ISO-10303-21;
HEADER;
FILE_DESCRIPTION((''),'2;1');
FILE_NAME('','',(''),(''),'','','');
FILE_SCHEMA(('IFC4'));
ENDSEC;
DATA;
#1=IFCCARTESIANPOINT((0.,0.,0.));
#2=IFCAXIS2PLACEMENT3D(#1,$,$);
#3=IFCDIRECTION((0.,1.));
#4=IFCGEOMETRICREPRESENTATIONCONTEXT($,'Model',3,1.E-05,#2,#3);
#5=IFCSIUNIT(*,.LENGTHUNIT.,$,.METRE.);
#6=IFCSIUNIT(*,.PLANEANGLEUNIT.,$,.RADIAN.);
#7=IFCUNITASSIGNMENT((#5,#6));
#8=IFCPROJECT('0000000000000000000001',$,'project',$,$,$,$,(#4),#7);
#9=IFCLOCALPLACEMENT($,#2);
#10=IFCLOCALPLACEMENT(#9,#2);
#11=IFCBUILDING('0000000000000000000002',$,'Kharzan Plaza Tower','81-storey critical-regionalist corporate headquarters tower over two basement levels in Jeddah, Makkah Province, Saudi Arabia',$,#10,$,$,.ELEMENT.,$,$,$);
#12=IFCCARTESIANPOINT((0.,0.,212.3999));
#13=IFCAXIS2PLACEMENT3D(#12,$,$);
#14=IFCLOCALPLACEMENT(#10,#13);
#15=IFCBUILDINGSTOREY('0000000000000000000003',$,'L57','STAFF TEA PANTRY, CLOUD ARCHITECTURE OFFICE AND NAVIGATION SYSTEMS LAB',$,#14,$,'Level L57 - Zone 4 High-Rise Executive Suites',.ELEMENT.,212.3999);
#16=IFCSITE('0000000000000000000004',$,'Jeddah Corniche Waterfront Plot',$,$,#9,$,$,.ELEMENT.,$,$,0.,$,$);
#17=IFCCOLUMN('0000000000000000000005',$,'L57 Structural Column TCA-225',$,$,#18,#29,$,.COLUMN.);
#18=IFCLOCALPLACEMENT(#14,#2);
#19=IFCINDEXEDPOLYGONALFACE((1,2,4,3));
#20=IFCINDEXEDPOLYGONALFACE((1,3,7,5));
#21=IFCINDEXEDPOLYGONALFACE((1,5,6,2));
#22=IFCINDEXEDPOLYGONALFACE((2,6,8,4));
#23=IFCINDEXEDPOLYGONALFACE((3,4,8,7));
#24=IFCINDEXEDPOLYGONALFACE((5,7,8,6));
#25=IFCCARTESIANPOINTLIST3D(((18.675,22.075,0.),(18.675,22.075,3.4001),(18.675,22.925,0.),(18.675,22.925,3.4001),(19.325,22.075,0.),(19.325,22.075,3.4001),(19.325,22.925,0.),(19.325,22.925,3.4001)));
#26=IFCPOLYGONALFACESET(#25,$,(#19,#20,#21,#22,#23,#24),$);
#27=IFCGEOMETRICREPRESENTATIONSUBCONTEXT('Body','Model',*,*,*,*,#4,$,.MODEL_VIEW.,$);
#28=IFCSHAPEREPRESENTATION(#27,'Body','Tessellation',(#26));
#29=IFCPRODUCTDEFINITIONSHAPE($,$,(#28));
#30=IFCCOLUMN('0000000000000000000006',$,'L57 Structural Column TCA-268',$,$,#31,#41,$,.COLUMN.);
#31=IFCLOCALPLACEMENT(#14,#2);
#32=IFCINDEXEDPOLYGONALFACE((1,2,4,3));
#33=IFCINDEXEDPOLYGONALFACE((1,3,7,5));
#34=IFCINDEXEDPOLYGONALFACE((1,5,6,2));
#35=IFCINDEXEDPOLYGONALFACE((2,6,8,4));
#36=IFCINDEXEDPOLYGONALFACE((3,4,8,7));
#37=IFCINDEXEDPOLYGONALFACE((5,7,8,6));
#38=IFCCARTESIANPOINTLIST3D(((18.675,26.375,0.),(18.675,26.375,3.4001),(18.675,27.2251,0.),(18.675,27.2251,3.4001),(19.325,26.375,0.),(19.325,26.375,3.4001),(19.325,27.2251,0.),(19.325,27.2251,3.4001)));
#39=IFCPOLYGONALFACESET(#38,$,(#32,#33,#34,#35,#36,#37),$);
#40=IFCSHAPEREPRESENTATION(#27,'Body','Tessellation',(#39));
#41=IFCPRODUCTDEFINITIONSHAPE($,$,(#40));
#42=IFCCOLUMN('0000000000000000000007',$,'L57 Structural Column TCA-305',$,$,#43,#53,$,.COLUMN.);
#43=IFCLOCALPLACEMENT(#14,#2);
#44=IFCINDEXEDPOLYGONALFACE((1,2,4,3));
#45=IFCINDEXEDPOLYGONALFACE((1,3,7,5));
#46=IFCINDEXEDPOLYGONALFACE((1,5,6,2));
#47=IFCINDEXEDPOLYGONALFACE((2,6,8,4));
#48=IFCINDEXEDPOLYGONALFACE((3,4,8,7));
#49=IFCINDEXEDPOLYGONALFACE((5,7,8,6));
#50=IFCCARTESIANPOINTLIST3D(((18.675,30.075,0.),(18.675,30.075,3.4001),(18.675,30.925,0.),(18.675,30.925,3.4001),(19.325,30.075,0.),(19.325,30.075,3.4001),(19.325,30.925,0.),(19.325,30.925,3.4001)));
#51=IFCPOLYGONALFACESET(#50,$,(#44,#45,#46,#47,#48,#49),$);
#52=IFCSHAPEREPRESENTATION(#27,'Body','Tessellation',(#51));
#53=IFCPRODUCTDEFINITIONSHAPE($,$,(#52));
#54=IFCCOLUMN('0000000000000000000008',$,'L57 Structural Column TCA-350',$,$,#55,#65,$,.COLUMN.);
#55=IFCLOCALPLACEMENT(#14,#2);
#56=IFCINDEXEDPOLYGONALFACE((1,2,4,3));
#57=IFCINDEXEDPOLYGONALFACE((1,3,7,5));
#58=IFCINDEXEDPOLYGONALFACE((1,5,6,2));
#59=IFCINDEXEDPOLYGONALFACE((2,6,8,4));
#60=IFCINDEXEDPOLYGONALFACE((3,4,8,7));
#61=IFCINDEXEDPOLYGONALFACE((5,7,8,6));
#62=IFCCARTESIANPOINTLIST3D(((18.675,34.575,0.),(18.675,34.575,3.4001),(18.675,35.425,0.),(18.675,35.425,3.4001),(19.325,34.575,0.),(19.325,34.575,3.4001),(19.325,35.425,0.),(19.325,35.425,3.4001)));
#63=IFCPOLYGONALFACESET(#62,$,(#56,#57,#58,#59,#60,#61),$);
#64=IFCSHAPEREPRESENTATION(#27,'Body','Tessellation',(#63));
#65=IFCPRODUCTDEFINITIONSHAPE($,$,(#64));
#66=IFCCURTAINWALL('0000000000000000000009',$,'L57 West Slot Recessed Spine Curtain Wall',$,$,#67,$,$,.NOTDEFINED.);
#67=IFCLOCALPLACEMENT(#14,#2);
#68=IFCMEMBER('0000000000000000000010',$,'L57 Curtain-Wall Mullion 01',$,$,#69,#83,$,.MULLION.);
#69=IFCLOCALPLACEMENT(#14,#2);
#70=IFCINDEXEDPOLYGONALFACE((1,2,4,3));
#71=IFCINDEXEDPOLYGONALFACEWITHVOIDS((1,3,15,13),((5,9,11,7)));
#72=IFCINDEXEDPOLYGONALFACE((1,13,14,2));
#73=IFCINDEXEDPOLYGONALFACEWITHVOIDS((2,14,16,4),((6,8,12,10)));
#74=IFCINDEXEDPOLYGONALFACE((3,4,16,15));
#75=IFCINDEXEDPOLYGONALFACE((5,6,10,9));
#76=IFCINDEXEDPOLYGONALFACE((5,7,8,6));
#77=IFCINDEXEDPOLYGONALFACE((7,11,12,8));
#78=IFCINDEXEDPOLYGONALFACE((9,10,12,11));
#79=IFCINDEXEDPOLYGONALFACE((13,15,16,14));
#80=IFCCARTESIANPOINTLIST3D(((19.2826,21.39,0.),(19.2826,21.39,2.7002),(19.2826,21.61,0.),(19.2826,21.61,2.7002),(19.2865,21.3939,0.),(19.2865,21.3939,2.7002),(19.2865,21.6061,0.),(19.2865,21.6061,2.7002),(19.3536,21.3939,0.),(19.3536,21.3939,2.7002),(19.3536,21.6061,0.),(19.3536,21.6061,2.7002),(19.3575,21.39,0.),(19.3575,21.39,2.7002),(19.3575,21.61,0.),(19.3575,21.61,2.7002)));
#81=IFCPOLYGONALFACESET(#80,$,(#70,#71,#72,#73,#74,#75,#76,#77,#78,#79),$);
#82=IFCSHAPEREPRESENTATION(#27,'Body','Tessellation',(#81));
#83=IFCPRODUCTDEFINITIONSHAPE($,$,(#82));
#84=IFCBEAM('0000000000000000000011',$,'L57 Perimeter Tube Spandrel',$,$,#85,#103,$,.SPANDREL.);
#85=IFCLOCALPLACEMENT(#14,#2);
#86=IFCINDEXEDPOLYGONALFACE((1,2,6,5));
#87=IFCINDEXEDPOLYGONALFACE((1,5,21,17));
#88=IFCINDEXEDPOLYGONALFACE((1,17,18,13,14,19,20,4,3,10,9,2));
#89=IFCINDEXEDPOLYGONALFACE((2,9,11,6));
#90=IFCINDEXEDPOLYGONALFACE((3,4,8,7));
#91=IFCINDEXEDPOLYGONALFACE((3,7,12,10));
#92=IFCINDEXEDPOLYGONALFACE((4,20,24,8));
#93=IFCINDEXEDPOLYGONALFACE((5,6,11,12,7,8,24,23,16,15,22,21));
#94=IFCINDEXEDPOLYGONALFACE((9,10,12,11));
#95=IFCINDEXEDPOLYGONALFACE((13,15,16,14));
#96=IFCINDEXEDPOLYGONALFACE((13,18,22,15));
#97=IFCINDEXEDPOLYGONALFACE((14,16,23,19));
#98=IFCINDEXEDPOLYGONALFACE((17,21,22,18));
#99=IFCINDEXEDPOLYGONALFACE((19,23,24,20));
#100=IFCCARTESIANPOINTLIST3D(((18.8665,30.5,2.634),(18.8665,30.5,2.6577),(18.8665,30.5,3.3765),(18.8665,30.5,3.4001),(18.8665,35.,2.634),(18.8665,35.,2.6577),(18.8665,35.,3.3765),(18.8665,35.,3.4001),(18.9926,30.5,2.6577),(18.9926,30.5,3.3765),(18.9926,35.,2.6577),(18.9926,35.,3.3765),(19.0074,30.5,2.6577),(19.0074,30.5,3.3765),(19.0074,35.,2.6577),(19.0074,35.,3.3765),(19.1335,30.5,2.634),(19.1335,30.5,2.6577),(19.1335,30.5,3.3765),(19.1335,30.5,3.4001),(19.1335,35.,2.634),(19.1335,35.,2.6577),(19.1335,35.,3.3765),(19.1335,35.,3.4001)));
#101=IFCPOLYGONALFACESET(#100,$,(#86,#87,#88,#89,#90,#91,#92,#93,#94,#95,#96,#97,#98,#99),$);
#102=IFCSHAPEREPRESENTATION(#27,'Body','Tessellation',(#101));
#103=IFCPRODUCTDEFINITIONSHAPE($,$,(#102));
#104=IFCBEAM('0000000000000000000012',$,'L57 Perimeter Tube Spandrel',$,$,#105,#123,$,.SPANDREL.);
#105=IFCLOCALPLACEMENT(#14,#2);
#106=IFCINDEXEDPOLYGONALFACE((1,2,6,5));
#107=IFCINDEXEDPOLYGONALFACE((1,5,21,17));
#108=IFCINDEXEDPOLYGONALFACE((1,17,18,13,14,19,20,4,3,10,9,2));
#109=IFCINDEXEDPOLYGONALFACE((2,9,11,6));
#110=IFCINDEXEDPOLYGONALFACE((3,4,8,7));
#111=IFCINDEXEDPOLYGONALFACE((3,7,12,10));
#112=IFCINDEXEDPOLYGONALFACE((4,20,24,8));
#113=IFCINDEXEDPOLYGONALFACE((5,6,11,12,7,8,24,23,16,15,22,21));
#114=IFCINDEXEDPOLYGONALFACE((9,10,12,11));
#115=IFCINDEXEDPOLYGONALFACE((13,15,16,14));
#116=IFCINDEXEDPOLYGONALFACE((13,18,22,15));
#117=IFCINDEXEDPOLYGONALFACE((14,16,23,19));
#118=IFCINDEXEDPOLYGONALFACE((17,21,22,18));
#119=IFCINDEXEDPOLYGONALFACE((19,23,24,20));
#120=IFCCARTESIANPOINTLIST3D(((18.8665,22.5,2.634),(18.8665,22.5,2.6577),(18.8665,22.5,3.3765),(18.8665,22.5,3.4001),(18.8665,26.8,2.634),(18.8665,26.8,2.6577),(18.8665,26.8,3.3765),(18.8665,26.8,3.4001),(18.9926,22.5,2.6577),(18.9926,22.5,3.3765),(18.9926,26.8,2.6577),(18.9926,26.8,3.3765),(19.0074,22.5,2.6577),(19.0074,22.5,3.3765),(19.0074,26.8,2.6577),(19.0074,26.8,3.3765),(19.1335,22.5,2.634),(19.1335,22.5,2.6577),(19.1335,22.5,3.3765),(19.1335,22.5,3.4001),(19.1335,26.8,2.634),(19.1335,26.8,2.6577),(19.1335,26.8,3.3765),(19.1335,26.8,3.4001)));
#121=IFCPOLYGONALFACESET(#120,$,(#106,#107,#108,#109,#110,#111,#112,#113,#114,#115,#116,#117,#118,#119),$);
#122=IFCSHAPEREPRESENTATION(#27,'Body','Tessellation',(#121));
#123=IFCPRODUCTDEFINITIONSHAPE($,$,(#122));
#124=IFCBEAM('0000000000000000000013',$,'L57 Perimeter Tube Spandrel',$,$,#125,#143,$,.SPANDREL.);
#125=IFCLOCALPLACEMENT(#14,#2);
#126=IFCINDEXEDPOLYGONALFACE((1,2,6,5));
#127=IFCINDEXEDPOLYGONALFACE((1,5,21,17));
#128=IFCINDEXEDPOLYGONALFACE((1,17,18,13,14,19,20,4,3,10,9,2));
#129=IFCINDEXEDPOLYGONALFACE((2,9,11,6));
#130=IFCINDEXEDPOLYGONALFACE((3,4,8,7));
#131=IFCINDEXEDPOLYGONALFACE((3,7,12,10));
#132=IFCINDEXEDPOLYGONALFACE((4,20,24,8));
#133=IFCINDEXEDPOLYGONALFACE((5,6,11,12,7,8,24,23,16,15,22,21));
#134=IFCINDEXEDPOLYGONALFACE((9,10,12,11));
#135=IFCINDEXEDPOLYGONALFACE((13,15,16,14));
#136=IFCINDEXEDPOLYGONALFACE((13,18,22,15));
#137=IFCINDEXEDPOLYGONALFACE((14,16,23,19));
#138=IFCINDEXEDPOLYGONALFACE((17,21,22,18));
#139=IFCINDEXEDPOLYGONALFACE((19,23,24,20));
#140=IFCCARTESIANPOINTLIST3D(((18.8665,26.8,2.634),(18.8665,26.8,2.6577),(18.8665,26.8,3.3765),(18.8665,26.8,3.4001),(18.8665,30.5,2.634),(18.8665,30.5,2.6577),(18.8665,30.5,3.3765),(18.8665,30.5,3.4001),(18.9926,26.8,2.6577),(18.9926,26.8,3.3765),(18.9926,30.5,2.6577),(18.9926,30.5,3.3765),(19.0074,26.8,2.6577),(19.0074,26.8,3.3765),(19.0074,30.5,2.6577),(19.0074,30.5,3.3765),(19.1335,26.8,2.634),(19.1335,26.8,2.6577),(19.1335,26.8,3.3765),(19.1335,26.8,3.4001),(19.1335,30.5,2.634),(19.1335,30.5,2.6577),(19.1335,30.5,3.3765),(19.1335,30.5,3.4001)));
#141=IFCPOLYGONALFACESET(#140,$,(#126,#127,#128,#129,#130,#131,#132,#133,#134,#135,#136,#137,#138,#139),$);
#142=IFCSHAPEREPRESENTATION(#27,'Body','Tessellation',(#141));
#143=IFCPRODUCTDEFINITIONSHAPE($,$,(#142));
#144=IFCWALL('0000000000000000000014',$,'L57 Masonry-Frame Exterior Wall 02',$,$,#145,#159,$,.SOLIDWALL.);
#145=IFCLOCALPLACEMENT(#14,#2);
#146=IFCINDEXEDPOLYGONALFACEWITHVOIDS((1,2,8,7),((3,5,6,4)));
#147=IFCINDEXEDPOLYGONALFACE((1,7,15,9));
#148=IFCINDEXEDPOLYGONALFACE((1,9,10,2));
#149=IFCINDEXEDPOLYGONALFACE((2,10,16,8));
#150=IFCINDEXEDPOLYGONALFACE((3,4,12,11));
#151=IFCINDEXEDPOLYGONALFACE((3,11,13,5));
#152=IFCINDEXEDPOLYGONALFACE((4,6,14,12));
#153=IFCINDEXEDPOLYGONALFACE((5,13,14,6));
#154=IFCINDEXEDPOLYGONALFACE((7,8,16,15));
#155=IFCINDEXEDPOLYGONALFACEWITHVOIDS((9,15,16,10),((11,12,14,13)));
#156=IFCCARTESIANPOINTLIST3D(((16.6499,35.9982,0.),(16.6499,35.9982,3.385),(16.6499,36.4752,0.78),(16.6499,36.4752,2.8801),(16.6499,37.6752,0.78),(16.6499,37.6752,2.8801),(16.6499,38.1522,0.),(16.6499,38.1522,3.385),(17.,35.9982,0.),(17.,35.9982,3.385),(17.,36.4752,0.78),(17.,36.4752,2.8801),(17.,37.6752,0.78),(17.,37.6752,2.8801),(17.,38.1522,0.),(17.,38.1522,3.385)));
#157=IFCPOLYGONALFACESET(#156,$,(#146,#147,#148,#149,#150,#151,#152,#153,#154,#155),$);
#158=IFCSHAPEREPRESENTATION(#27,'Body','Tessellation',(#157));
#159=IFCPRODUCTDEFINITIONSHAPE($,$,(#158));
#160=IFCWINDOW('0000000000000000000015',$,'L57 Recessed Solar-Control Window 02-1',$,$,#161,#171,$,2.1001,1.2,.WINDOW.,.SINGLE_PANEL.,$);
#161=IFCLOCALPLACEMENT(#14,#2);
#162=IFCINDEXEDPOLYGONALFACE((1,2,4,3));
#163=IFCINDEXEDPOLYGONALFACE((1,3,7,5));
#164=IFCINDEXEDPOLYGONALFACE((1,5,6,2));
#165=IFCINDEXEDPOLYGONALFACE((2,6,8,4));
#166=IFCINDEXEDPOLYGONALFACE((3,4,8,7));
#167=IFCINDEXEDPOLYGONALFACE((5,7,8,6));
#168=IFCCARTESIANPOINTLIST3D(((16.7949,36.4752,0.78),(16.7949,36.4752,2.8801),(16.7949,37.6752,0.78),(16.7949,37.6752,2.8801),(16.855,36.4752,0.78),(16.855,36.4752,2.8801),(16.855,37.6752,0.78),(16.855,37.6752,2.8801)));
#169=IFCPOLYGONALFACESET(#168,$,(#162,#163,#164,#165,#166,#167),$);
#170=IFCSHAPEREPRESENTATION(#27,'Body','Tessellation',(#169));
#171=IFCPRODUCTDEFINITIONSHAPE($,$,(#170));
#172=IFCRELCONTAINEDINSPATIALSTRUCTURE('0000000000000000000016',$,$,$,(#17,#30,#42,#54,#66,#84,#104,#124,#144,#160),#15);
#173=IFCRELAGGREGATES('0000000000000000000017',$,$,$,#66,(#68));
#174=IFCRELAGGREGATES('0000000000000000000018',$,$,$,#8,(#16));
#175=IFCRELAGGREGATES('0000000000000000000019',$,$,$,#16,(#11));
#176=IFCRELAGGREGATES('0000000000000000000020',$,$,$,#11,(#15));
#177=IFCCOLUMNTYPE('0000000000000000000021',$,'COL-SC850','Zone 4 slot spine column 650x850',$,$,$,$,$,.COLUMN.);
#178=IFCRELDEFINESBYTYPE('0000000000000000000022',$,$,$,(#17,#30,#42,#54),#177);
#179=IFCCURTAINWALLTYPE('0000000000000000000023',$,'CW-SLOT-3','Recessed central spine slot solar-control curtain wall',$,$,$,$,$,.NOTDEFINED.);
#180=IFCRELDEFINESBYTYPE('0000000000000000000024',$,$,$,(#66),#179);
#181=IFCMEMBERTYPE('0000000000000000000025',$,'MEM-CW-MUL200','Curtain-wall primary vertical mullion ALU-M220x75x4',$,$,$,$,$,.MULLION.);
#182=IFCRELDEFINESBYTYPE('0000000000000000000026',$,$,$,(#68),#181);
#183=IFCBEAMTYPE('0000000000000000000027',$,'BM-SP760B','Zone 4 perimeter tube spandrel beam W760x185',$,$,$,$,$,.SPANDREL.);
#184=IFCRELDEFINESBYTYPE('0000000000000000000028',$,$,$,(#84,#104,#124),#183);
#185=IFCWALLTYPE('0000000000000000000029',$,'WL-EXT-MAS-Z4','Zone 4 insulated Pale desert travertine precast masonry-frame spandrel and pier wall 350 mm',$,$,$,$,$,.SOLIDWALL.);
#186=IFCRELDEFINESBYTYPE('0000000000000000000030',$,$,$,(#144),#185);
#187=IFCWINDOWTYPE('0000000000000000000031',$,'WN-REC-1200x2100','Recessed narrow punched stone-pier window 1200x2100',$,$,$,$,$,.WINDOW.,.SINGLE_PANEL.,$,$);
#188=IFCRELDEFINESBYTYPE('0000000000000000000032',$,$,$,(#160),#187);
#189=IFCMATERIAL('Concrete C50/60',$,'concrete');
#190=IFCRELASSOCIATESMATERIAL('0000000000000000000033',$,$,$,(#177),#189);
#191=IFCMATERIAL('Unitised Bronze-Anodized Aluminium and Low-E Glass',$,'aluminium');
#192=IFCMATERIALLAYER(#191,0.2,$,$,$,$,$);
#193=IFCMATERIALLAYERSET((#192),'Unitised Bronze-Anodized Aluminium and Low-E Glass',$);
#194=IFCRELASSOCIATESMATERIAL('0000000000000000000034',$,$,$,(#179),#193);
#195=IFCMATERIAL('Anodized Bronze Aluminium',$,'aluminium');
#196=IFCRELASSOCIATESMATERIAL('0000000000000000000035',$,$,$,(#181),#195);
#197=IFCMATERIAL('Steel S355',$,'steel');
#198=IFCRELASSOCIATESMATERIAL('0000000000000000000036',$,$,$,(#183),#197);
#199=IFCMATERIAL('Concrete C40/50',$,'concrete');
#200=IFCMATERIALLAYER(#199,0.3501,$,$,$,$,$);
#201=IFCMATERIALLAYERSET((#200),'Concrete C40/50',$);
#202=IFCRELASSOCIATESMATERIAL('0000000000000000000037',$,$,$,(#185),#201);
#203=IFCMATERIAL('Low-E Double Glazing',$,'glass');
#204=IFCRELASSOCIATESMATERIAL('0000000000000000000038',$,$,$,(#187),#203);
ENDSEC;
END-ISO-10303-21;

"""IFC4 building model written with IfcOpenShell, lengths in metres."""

from ifc_helpers import new_model, si_unit, direction, frame, frame_2d, origin, origin_2d, place, context, subcontext, project, spatial, rectangle, hollow_rectangle, i_section, extrude, source, transform, mapped, material, layer, layer_set, material_profile, profile_set, type_object, element, fill, aggregate, save


model = new_model("IFC4")

# Units and contexts
model_context = context("Model", 3, precision=1e-05, world=origin(), true_north=direction((0.0, 1.0)))
body_context = subcontext(model_context, "Body", "Model", "MODEL_VIEW")
ifc_project = project(units=[si_unit("LENGTHUNIT", "METRE"), si_unit("PLANEANGLEUNIT", "RADIAN")], contexts=[model_context])

# Site, building, storey
site_placement = place(None, origin())
site = spatial("IfcSite", under=ifc_project, at=site_placement, Name="Jeddah Corniche Waterfront Plot", CompositionType="ELEMENT", RefElevation=0.0)
building_placement = place(site_placement, origin())
building = spatial("IfcBuilding", under=site, at=building_placement, Name="Kharzan Plaza Tower", Description="81-storey critical-regionalist corporate headquarters tower over two basement levels in Jeddah, Makkah Province, Saudi Arabia", CompositionType="ELEMENT")
storey_placement = place(building_placement, frame((0.0, 0.0, 212.3999)))
storey = spatial("IfcBuildingStorey", under=building, at=storey_placement, Name="L57", Description="STAFF TEA PANTRY, CLOUD ARCHITECTURE OFFICE AND NAVIGATION SYSTEMS LAB", LongName="Level L57 - Zone 4 High-Rise Executive Suites", CompositionType="ELEMENT", Elevation=212.3999)

# Columns
ifc_material_1 = material(Name="Concrete C50/60", Category="concrete")
ifc_material_profile_1 = material_profile(ifc_material_1, rectangle(XDim=0.6499, YDim=0.8501, at=origin_2d()), Name="RC-SC850x650")
ifc_profile_set_1 = profile_set([ifc_material_profile_1], Name="Concrete C50/60")
column_type = type_object("IfcColumnType", Name="COL-SC850", Description="Zone 4 slot spine column 650x850", PredefinedType="COLUMN", material=ifc_profile_set_1)
shared_shape_1 = source(origin(), body_context, "Body", "SweptSolid", [
    extrude(rectangle(XDim=0.6499, YDim=0.8501, at=origin_2d()), origin(), (0.0, 0.0, 1.0), 3.4001),
])
for number, where, z_axis, x_axis, name in (
    (1, (19.0, 22.5, 0.0), (0.0, 0.0, 1.0), (1.0, 0.0, 0.0), "L57 Structural Column TCA-225"),
    (2, (19.0, 26.8, 0.0), (0.0, 0.0, 1.0), (1.0, 0.0, 0.0), "L57 Structural Column TCA-268"),
    (3, (19.0, 30.5, 0.0), (0.0, 0.0, 1.0), (1.0, 0.0, 0.0), "L57 Structural Column TCA-305"),
    (4, (19.0, 35.0, 0.0), (0.0, 0.0, 1.0), (1.0, 0.0, 0.0), "L57 Structural Column TCA-350"),
):
    element("IfcColumn", number, at=place(storey_placement, frame(where, z_axis=z_axis, x_axis=x_axis)), inside=storey, type_object=column_type, Name=name, PredefinedType="COLUMN", context=body_context, shape_type="MappedRepresentation", body=[
        mapped(shared_shape_1, transform((0.0, 0.0, 0.0), x_axis=(1.0, 0.0, 0.0), y_axis=(0.0, 1.0, 0.0), z_axis=(0.0, 0.0, 1.0))),
    ])

# Curtain wall, member
ifc_material_2 = material(Name="Unitised Bronze-Anodized Aluminium and Low-E Glass", Category="aluminium")
ifc_layer_1 = layer(ifc_material_2, 0.2)
ifc_layer_set_1 = layer_set([ifc_layer_1], Name="Unitised Bronze-Anodized Aluminium and Low-E Glass")
curtain_wall_type = type_object("IfcCurtainWallType", Name="CW-SLOT-3", Description="Recessed central spine slot solar-control curtain wall", PredefinedType="NOTDEFINED", material=ifc_layer_set_1)
curtain_wall_placement = place(storey_placement, origin())
curtain_wall = element("IfcCurtainWall", 5, at=curtain_wall_placement, inside=storey, type_object=curtain_wall_type, Name="L57 West Slot Recessed Spine Curtain Wall", PredefinedType="NOTDEFINED")
ifc_material_3 = material(Name="Anodized Bronze Aluminium", Category="aluminium")
ifc_material_profile_2 = material_profile(ifc_material_3, hollow_rectangle(XDim=0.075, YDim=0.22, WallThickness=0.0039, at=origin_2d()), Name="ALU-M220x75x4")
ifc_profile_set_2 = profile_set([ifc_material_profile_2], Name="Anodized Bronze Aluminium")
member_type = type_object("IfcMemberType", Name="MEM-CW-MUL200", Description="Curtain-wall primary vertical mullion ALU-M220x75x4", PredefinedType="MULLION", material=ifc_profile_set_2)
shared_shape_2 = source(origin(), body_context, "Body", "SweptSolid", [
    extrude(hollow_rectangle(XDim=0.075, YDim=0.22, WallThickness=0.0039, at=origin_2d()), origin(), (0.0, 0.0, 1.0), 2.7002),
])
member_placement = place(storey_placement, frame((19.3201, 21.5, 0.0), z_axis=(0.0, 0.0, 1.0), x_axis=(1.0, 0.0, 0.0)))
member = element("IfcMember", 6, at=member_placement, type_object=member_type, Name="L57 Curtain-Wall Mullion 01", PredefinedType="MULLION", context=body_context, shape_type="MappedRepresentation", body=[
    mapped(shared_shape_2, transform((0.0, 0.0, 0.0), x_axis=(1.0, 0.0, 0.0), y_axis=(0.0, 1.0, 0.0), z_axis=(0.0, 0.0, 1.0))),
])
aggregate(curtain_wall, [member])

# Beams
ifc_material_4 = material(Name="Steel S355", Category="steel")
ifc_material_profile_3 = material_profile(ifc_material_4, i_section(OverallWidth=0.2671, OverallDepth=0.7661, WebThickness=0.0149, FlangeThickness=0.0237, at=origin_2d()), Name="W760x185")
ifc_profile_set_3 = profile_set([ifc_material_profile_3], Name="Steel S355")
beam_type = type_object("IfcBeamType", Name="BM-SP760B", Description="Zone 4 perimeter tube spandrel beam W760x185", PredefinedType="SPANDREL", material=ifc_profile_set_3)
shared_shape_3 = source(origin(), body_context, "Body", "SweptSolid", [
    extrude(i_section(OverallWidth=0.2671, OverallDepth=0.7661, WebThickness=0.0149, FlangeThickness=0.0237, at=origin_2d()), origin(), (0.0, 0.0, 1.0), 4.5),
])
beam_1_placement = place(storey_placement, frame((19.0, 30.5, 3.0171), z_axis=(0.0, 1.0, 0.0), x_axis=(-1.0, 0.0, 0.0)))
element("IfcBeam", 7, at=beam_1_placement, inside=storey, type_object=beam_type, Name="L57 Perimeter Tube Spandrel", PredefinedType="SPANDREL", context=body_context, shape_type="MappedRepresentation", body=[
    mapped(shared_shape_3, transform((0.0, 0.0, 0.0), x_axis=(1.0, 0.0, 0.0), y_axis=(0.0, 1.0, 0.0), z_axis=(0.0, 0.0, 1.0))),
])
shared_shape_4 = source(origin(), body_context, "Body", "SweptSolid", [
    extrude(i_section(OverallWidth=0.2671, OverallDepth=0.7661, WebThickness=0.0149, FlangeThickness=0.0237, at=origin_2d()), origin(), (0.0, 0.0, 1.0), 4.3),
])
beam_2_placement = place(storey_placement, frame((19.0, 22.5, 3.0171), z_axis=(0.0, 1.0, 0.0), x_axis=(-1.0, 0.0, 0.0)))
element("IfcBeam", 8, at=beam_2_placement, inside=storey, type_object=beam_type, Name="L57 Perimeter Tube Spandrel", PredefinedType="SPANDREL", context=body_context, shape_type="MappedRepresentation", body=[
    mapped(shared_shape_4, transform((0.0, 0.0, 0.0), x_axis=(1.0, 0.0, 0.0), y_axis=(0.0, 1.0, 0.0), z_axis=(0.0, 0.0, 1.0))),
])
shared_shape_5 = source(origin(), body_context, "Body", "SweptSolid", [
    extrude(i_section(OverallWidth=0.2671, OverallDepth=0.7661, WebThickness=0.0149, FlangeThickness=0.0237, at=origin_2d()), origin(), (0.0, 0.0, 1.0), 3.7),
])
beam_3_placement = place(storey_placement, frame((19.0, 26.8, 3.0171), z_axis=(0.0, 1.0, 0.0), x_axis=(-1.0, 0.0, 0.0)))
element("IfcBeam", 9, at=beam_3_placement, inside=storey, type_object=beam_type, Name="L57 Perimeter Tube Spandrel", PredefinedType="SPANDREL", context=body_context, shape_type="MappedRepresentation", body=[
    mapped(shared_shape_5, transform((0.0, 0.0, 0.0), x_axis=(1.0, 0.0, 0.0), y_axis=(0.0, 1.0, 0.0), z_axis=(0.0, 0.0, 1.0))),
])

# Wall, opening, window
ifc_material_5 = material(Name="Concrete C40/50", Category="concrete")
ifc_layer_2 = layer(ifc_material_5, 0.3501)
ifc_layer_set_2 = layer_set([ifc_layer_2], Name="Concrete C40/50")
wall_type_1 = type_object("IfcWallType", Name="WL-EXT-MAS-Z4", Description="Zone 4 insulated Pale desert travertine precast masonry-frame spandrel and pier wall 350 mm", PredefinedType="SOLIDWALL", material=ifc_layer_set_2)
wall_1_placement = place(storey_placement, frame((16.825, 35.998, 0.0), z_axis=(0.0, 0.0, 1.0), x_axis=(0.0, 1.0, 0.0)))
wall_1 = element("IfcWall", 10, at=wall_1_placement, inside=storey, type_object=wall_type_1, Name="L57 Masonry-Frame Exterior Wall 02", PredefinedType="SOLIDWALL", context=body_context, shape_type="SweptSolid", body=[
    extrude(rectangle(XDim=2.1541, YDim=0.3501, at=frame_2d((1.0771, 0.0))), origin(), (0.0, 0.0, 1.0), 3.385),
])
opening_1_placement = place(wall_1_placement, frame((0.4771, 0.0, 0.78)))
opening_1 = element("IfcOpeningElement", 11, at=opening_1_placement, cuts=wall_1, PredefinedType="OPENING", context=body_context, shape_type="SweptSolid", body=[
    extrude(rectangle(XDim=1.2, YDim=2.1001, at=frame_2d((0.6001, 1.05))), frame((0.0, 0.1851, 0.0), z_axis=(0.0, -1.0, 0.0), x_axis=(1.0, 0.0, 0.0)), (0.0, 0.0, 1.0), 0.3701),
])
ifc_material_6 = material(Name="Low-E Double Glazing", Category="glass")
window_type_1 = type_object("IfcWindowType", Name="WN-REC-1200x2100", Description="Recessed narrow punched stone-pier window 1200x2100", PartitioningType="SINGLE_PANEL", PredefinedType="WINDOW", material=ifc_material_6)
shared_shape_6 = source(origin(), body_context, "Body", "SweptSolid", [
    extrude(rectangle(XDim=1.2, YDim=2.1001, at=frame_2d((0.6001, 1.05))), frame((0.0, 0.03, 0.0), z_axis=(0.0, -1.0, 0.0), x_axis=(1.0, 0.0, 0.0)), (0.0, 0.0, 1.0), 0.0601),
])
window_1_placement = place(opening_1_placement, origin())
window_1 = element("IfcWindow", 12, at=window_1_placement, inside=storey, type_object=window_type_1, Name="L57 Recessed Solar-Control Window 02-1", OverallHeight=2.1001, OverallWidth=1.2, PartitioningType="SINGLE_PANEL", PredefinedType="WINDOW", context=body_context, shape_type="MappedRepresentation", body=[
    mapped(shared_shape_6, transform((0.0, 0.0, 0.0), x_axis=(1.0, 0.0, 0.0), y_axis=(0.0, 1.0, 0.0), z_axis=(0.0, 0.0, 1.0))),
])
fill(opening_1, window_1)

save(model, "model.ifc")
